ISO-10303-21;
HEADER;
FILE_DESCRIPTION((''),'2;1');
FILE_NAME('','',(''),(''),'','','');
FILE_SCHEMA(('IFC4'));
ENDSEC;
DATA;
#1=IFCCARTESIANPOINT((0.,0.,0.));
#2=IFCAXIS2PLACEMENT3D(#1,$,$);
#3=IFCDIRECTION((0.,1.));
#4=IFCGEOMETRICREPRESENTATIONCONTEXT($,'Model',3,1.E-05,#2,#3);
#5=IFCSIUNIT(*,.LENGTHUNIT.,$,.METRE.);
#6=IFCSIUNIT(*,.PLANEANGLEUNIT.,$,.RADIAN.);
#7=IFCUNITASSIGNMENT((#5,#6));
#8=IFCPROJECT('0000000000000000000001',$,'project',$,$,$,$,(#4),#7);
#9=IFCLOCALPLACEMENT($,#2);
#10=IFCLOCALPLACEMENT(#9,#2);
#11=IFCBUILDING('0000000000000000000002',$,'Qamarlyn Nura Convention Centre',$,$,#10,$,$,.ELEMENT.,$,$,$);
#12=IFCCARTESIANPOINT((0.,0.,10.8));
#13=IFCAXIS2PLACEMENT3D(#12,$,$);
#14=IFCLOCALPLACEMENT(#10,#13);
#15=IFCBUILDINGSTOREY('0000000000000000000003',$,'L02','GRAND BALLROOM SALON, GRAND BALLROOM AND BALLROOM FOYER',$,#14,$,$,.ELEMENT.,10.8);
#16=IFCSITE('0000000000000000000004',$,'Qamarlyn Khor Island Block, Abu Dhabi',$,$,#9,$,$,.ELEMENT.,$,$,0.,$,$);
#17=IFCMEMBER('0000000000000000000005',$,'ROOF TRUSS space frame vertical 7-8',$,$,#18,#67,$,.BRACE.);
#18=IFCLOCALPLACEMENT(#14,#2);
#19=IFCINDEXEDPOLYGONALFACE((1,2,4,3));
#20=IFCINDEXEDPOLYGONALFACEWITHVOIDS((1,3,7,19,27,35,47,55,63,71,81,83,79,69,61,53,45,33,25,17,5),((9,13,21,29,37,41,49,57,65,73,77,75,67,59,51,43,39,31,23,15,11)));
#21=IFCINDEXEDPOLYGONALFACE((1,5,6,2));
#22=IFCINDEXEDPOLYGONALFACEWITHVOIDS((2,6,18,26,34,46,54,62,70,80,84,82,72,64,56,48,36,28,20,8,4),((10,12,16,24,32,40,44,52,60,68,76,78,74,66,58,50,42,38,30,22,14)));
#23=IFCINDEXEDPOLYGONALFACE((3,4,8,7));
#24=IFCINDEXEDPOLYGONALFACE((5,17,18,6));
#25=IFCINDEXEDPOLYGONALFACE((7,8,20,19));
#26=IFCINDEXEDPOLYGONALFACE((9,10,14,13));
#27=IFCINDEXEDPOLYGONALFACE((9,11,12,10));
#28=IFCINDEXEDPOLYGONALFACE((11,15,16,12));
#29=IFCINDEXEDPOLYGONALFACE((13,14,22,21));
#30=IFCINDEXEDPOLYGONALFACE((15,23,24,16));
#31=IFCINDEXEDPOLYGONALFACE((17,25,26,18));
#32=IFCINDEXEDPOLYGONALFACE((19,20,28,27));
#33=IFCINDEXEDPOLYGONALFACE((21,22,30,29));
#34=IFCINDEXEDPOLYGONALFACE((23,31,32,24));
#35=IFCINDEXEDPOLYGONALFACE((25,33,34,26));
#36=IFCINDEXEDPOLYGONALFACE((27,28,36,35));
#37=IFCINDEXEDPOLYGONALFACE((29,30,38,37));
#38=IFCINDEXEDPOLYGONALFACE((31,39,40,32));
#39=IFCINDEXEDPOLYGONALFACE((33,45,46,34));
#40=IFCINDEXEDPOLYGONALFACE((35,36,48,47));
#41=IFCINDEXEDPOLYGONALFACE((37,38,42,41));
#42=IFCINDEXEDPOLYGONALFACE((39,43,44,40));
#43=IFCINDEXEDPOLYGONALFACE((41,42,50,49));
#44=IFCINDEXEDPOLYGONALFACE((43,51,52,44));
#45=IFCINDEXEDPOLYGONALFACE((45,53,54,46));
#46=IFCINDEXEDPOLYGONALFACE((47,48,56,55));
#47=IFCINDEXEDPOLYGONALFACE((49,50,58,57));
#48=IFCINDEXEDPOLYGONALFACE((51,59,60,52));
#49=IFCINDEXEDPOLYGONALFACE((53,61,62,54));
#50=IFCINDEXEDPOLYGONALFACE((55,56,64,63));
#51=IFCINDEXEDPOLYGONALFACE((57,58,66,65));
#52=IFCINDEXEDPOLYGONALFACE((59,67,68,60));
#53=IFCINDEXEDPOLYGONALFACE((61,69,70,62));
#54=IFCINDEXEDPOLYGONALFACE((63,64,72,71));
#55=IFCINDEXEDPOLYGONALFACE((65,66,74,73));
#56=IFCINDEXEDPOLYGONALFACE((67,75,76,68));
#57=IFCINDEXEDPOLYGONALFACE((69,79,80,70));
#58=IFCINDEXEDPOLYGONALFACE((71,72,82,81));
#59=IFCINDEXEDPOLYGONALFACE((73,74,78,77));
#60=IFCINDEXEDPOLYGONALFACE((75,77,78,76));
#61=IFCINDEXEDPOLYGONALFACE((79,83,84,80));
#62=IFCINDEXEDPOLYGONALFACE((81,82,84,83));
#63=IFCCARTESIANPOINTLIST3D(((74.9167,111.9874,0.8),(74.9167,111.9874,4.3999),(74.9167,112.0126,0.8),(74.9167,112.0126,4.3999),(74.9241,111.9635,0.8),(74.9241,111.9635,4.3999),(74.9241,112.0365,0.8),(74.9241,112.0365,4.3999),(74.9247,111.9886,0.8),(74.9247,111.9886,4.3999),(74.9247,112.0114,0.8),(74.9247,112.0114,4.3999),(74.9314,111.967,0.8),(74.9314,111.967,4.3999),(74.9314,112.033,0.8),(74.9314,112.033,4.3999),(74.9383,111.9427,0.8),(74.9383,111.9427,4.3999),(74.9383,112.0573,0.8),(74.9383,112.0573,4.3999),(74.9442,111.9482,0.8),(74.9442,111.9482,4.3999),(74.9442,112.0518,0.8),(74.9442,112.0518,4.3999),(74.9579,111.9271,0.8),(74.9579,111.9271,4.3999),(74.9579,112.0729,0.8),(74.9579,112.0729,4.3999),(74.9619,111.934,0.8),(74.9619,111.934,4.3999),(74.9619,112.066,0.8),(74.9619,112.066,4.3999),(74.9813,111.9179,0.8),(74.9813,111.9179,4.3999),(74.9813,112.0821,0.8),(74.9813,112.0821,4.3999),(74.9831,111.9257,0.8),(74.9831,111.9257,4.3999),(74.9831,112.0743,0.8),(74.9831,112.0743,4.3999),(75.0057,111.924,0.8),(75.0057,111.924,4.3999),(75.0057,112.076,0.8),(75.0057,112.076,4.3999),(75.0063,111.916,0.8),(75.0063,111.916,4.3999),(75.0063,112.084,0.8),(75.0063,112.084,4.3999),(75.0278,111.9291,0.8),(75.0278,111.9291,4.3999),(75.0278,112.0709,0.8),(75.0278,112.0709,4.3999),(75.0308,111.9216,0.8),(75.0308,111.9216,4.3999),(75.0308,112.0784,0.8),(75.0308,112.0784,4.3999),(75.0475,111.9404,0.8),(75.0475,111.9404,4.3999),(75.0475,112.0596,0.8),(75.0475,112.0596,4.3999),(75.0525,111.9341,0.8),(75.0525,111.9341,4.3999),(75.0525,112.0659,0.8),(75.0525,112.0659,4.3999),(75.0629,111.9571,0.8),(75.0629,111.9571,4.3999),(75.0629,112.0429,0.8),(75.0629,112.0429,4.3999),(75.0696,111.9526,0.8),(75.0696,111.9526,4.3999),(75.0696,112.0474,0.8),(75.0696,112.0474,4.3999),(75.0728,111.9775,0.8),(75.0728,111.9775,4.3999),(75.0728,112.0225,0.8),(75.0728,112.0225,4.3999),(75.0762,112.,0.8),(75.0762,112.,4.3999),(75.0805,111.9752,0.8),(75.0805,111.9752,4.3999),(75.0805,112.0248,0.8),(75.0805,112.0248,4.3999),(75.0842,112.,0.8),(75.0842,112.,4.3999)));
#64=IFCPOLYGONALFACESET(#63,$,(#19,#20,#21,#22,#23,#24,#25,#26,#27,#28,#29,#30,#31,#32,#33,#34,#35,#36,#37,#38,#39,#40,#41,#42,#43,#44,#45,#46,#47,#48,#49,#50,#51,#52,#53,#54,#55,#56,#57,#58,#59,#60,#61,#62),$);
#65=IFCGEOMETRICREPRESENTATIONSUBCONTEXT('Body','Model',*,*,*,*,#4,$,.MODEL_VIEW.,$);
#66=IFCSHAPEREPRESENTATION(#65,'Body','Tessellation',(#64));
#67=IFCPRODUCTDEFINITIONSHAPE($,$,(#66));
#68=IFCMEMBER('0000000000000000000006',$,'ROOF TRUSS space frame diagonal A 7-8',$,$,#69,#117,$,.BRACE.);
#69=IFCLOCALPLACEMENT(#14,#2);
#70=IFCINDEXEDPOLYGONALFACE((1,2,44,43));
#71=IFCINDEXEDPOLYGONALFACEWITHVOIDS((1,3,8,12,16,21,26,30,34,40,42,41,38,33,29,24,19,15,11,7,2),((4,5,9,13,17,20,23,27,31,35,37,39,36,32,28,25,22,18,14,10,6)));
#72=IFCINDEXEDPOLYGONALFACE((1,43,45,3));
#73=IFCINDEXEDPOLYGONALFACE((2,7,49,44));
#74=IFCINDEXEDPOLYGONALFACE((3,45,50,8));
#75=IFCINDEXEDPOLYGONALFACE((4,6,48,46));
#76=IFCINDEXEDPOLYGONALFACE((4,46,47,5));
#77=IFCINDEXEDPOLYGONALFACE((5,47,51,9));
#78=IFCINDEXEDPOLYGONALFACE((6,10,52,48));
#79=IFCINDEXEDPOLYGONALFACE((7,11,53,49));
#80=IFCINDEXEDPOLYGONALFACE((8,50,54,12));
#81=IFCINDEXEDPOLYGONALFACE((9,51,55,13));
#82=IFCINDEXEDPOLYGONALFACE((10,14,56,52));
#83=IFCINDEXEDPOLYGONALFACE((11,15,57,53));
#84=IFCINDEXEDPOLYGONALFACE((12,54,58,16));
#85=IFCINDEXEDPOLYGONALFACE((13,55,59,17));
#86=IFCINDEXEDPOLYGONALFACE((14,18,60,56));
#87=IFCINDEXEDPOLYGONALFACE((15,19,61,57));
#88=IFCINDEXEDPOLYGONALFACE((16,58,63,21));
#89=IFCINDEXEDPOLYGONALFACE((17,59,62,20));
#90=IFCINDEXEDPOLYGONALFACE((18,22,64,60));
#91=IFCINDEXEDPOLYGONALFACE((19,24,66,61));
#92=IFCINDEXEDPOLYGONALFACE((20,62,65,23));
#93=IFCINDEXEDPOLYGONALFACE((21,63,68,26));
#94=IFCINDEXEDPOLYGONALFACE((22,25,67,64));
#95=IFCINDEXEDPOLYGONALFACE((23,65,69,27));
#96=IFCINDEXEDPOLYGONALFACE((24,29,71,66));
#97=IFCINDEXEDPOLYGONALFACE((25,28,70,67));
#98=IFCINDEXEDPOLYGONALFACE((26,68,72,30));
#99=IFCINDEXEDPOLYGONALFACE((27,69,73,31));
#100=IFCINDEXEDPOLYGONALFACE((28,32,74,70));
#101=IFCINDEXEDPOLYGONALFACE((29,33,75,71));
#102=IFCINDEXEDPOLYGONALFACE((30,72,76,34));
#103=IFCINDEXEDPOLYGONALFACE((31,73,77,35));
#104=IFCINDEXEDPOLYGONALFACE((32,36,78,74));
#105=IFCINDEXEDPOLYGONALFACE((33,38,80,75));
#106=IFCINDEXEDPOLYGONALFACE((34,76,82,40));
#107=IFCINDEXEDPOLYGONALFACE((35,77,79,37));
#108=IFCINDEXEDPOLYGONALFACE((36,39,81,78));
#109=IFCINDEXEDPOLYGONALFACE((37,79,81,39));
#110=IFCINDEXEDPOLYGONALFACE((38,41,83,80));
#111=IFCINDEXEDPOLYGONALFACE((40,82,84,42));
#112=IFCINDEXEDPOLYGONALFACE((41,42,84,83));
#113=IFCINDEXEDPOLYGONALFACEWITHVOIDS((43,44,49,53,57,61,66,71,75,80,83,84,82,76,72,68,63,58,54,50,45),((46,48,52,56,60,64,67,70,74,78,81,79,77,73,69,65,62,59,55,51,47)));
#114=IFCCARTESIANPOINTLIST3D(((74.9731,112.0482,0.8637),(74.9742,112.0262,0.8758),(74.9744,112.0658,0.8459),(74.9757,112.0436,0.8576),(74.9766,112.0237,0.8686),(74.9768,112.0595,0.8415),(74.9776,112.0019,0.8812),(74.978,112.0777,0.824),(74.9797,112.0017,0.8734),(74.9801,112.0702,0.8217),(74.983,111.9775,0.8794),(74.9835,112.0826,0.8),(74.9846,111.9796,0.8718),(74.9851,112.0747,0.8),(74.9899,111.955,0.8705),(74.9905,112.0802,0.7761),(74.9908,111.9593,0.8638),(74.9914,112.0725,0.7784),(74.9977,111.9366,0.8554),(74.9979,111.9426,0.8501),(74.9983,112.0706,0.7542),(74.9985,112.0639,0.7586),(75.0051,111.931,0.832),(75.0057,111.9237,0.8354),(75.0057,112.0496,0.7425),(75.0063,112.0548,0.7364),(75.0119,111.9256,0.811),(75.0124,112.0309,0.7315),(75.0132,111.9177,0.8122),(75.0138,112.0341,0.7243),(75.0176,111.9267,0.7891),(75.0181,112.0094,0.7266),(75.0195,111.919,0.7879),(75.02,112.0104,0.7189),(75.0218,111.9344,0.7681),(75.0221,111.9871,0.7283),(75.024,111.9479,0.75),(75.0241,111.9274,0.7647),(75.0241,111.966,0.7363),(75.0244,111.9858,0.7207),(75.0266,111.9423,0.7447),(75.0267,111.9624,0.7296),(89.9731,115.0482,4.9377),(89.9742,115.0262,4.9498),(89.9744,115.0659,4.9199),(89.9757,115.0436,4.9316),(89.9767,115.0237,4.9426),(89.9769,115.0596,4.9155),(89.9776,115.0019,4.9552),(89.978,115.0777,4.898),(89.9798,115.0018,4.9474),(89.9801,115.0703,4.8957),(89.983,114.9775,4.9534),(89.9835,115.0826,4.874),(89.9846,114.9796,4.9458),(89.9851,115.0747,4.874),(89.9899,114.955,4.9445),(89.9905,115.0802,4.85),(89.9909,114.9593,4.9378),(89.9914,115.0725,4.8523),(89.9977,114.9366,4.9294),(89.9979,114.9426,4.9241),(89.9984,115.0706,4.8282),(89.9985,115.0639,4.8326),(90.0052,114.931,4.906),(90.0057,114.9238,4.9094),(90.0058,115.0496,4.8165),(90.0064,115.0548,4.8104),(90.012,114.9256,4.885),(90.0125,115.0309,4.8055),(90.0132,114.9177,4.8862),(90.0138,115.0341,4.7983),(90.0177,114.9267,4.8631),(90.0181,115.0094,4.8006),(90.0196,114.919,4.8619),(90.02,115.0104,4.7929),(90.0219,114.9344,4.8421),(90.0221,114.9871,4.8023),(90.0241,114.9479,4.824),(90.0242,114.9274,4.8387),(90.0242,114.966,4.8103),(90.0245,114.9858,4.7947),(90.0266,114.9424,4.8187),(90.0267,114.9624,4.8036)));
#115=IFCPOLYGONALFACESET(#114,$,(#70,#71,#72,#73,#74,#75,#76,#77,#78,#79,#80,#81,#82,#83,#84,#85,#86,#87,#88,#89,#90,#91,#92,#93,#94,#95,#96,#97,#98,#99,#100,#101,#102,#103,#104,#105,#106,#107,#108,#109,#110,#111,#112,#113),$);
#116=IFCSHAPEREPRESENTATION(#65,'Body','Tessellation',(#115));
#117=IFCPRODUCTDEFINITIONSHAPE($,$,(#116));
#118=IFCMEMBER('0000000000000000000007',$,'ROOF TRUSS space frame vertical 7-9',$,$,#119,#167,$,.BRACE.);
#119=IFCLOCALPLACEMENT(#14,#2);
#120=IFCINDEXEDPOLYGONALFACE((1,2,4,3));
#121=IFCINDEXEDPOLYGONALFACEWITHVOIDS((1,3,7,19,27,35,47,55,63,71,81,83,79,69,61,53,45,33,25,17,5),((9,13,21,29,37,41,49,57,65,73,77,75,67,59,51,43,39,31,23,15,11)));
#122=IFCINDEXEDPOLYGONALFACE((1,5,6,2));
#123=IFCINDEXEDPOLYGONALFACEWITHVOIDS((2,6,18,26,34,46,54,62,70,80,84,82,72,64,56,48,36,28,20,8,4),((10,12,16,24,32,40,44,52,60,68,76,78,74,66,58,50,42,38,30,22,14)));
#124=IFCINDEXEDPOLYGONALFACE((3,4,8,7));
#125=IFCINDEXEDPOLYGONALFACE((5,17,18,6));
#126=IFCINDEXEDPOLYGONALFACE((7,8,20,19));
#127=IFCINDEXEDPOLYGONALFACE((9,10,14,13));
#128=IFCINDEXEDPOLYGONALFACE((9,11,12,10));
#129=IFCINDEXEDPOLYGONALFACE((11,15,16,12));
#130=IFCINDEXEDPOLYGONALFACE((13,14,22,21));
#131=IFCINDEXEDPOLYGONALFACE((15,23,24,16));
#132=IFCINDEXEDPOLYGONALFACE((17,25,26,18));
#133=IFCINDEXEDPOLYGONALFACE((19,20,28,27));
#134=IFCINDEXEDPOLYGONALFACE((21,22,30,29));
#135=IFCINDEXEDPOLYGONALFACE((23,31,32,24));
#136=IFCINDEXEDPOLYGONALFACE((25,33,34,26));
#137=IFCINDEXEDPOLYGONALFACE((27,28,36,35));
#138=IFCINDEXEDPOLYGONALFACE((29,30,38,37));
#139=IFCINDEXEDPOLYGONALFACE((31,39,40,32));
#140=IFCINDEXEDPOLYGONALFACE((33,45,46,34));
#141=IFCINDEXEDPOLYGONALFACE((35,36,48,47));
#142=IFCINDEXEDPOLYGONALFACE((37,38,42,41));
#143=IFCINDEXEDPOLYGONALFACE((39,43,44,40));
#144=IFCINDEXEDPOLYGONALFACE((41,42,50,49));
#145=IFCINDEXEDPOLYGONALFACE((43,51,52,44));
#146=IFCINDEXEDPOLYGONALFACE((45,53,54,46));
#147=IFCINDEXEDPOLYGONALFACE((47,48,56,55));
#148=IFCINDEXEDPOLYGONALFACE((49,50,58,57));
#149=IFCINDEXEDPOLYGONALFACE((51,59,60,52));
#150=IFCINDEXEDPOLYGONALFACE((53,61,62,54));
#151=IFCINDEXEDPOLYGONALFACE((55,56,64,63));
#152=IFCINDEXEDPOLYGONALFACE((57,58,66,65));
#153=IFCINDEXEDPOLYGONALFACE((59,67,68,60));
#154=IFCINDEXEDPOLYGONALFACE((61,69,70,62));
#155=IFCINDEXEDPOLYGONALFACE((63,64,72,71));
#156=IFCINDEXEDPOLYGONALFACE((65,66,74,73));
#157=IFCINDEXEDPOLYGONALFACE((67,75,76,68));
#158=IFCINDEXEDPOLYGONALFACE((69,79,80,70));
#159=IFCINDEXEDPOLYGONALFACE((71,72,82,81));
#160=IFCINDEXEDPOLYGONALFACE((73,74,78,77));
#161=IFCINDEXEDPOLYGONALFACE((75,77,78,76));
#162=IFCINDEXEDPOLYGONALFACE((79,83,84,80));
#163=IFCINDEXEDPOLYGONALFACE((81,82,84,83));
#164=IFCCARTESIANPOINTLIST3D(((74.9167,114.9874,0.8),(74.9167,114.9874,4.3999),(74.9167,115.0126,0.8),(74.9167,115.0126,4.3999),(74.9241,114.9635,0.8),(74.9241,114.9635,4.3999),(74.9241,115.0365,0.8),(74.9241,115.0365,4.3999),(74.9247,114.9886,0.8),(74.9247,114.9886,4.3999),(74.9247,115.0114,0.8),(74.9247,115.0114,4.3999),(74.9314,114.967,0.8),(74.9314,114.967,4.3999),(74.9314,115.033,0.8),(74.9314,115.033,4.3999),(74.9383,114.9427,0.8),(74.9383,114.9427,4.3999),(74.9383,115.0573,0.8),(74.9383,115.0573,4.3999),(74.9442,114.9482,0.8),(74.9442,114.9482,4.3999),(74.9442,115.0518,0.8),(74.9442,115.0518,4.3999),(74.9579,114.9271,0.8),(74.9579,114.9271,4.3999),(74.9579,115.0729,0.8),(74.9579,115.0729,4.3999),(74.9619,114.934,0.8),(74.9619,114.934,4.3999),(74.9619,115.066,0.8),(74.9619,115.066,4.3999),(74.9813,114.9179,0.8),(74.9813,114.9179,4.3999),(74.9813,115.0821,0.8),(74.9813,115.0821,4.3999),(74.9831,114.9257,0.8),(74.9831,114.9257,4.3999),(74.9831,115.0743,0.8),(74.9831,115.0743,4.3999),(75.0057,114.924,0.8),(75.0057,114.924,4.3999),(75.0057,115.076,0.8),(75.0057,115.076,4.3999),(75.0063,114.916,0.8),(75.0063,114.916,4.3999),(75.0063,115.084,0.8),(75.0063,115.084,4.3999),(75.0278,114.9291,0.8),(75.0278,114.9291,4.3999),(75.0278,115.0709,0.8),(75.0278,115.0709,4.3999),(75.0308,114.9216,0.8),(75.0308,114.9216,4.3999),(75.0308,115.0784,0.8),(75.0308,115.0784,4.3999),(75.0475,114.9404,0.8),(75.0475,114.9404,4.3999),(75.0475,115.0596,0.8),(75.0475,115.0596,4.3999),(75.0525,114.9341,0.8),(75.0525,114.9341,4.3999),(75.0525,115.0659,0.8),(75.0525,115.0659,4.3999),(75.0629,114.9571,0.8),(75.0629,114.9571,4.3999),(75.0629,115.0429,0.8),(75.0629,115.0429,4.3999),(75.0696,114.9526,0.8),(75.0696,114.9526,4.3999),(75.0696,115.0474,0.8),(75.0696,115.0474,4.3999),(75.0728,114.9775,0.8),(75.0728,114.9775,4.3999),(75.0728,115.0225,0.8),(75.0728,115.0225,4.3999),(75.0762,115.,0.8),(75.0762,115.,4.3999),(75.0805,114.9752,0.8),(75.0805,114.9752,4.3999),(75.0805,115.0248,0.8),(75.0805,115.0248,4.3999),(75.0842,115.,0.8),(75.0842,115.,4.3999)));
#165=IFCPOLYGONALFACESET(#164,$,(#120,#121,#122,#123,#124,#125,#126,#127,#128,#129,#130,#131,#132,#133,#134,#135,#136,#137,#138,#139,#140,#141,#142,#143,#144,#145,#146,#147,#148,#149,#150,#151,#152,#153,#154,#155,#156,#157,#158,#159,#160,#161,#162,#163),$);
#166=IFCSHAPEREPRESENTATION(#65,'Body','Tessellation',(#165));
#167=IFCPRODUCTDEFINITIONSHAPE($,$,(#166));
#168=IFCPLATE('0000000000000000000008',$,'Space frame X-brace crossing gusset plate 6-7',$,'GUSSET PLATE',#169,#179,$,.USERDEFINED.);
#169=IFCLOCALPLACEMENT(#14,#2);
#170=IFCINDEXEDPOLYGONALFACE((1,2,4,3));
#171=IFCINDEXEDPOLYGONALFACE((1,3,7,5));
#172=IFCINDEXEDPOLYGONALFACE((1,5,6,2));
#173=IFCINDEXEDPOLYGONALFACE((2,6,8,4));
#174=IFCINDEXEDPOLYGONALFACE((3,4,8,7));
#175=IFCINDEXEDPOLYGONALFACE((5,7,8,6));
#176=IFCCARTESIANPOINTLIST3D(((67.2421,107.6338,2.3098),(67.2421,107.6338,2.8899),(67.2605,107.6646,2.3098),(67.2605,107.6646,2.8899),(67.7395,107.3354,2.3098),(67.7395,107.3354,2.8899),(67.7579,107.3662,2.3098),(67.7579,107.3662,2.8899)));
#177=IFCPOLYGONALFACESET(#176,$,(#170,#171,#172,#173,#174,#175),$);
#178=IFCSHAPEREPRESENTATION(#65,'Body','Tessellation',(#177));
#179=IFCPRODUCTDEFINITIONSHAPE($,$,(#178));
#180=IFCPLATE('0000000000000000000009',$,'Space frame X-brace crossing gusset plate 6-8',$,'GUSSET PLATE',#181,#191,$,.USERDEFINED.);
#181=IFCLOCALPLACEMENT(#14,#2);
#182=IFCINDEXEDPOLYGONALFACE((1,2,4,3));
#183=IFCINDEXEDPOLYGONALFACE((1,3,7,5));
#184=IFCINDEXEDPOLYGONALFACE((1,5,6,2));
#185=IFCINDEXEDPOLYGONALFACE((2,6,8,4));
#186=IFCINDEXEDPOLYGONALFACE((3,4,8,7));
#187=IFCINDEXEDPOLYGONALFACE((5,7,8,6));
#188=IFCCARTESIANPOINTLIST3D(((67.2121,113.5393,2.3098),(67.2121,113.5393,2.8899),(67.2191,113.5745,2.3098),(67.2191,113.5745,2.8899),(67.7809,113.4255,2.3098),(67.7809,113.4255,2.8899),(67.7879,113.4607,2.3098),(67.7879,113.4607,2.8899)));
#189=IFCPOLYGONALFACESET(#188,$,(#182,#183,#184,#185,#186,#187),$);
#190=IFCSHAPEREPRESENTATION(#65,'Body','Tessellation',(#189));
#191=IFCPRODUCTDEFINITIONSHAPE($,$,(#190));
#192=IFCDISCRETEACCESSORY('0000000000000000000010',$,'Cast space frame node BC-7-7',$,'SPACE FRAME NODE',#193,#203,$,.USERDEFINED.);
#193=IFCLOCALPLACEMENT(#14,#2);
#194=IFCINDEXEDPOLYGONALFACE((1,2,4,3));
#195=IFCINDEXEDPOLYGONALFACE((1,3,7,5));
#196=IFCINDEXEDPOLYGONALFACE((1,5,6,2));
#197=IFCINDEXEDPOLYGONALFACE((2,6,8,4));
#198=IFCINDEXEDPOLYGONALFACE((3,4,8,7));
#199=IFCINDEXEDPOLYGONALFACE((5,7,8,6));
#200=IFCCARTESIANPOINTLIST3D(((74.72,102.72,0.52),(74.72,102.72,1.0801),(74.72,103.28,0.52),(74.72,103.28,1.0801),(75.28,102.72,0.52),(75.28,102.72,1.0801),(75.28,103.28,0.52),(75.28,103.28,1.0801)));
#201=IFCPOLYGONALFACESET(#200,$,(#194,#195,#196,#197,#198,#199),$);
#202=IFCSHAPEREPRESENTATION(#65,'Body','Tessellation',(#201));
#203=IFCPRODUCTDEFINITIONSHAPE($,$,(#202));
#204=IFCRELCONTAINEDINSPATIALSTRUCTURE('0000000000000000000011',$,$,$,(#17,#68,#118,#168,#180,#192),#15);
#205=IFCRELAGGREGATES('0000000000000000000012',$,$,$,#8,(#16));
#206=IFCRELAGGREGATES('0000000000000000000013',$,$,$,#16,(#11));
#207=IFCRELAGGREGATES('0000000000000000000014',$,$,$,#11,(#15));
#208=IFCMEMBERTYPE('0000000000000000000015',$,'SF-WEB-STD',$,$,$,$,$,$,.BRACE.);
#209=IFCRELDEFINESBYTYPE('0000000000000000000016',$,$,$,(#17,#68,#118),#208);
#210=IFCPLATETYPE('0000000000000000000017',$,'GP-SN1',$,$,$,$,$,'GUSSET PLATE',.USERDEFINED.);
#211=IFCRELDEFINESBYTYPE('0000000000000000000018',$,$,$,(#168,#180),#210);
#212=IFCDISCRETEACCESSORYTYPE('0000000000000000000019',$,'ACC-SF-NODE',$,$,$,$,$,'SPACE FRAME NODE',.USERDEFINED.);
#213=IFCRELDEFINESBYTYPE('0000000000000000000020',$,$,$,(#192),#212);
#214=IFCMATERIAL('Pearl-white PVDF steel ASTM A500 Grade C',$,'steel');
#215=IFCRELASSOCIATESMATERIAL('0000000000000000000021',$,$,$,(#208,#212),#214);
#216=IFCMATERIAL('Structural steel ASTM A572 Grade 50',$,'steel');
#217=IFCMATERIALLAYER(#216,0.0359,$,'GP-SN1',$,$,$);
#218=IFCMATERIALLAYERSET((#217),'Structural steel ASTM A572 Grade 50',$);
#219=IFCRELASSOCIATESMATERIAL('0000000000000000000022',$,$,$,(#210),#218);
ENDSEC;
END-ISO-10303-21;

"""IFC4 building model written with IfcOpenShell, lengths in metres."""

from ifc_helpers import new_model, si_unit, direction, frame, origin, origin_2d, place, context, subcontext, project, spatial, rectangle, hollow_circle, extrude, material, layer, layer_set, material_profile, profile_set, type_object, element, save


model = new_model("IFC4")

# Units and contexts
model_context = context("Model", 3, precision=1e-05, world=origin(), true_north=direction((0.0, 1.0)))
body_context = subcontext(model_context, "Body", "Model", "MODEL_VIEW")
ifc_project = project(units=[si_unit("LENGTHUNIT", "METRE"), si_unit("PLANEANGLEUNIT", "RADIAN")], contexts=[model_context])

# Site, building, storey
site_placement = place(None, origin())
site = spatial("IfcSite", under=ifc_project, at=site_placement, Name="Qamarlyn Khor Island Block, Abu Dhabi", CompositionType="ELEMENT", RefElevation=0.0)
building_placement = place(site_placement, origin())
building = spatial("IfcBuilding", under=site, at=building_placement, Name="Qamarlyn Nura Convention Centre", CompositionType="ELEMENT")
storey_placement = place(building_placement, frame((0.0, 0.0, 10.8)))
storey = spatial("IfcBuildingStorey", under=building, at=storey_placement, Name="L02", Description="GRAND BALLROOM SALON, GRAND BALLROOM AND BALLROOM FOYER", CompositionType="ELEMENT", Elevation=10.8)

# Members
ifc_material_1 = material(Name="Pearl-white PVDF steel ASTM A500 Grade C", Category="steel")
ifc_material_profile_1 = material_profile(ifc_material_1, hollow_circle(Radius=0.0842, WallThickness=0.0081, at=origin_2d()), Name="CHS168.3X8")
ifc_profile_set_1 = profile_set([ifc_material_profile_1], Name="Pearl-white PVDF steel ASTM A500 Grade C")
member_type_1 = type_object("IfcMemberType", Name="SF-WEB-STD", PredefinedType="BRACE", material=ifc_profile_set_1)
member_1_placement = place(storey_placement, frame((75.0, 112.0, 0.8), z_axis=(0.0, 0.0, 1.0), x_axis=(1.0, 0.0, 0.0)))
element("IfcMember", 1, at=member_1_placement, inside=storey, type_object=member_type_1, Name="ROOF TRUSS space frame vertical 7-8", PredefinedType="BRACE", context=body_context, shape_type="SweptSolid", body=[
    extrude(hollow_circle(Radius=0.0842, WallThickness=0.0081, at=origin_2d()), origin(), (0.0, 0.0, 1.0), 3.5999),
])
member_2_placement = place(storey_placement, frame((75.0, 112.0, 0.8), z_axis=(0.947552, 0.18951, 0.257354), x_axis=(-0.196116, 0.980581, 0.0)))
element("IfcMember", 2, at=member_2_placement, inside=storey, type_object=member_type_1, Name="ROOF TRUSS space frame diagonal A 7-8", PredefinedType="BRACE", context=body_context, shape_type="SweptSolid", body=[
    extrude(hollow_circle(Radius=0.0842, WallThickness=0.0081, at=origin_2d()), origin(), (0.0, 0.0, 1.0), 15.8303),
])
member_3_placement = place(storey_placement, frame((75.0, 115.0, 0.8), z_axis=(0.0, 0.0, 1.0), x_axis=(1.0, 0.0, 0.0)))
element("IfcMember", 3, at=member_3_placement, inside=storey, type_object=member_type_1, Name="ROOF TRUSS space frame vertical 7-9", PredefinedType="BRACE", context=body_context, shape_type="SweptSolid", body=[
    extrude(hollow_circle(Radius=0.0842, WallThickness=0.0081, at=origin_2d()), origin(), (0.0, 0.0, 1.0), 3.5999),
])

# Plates
ifc_material_2 = material(Name="Structural steel ASTM A572 Grade 50", Category="steel")
ifc_layer = layer(ifc_material_2, 0.0359, Name="GP-SN1")
ifc_layer_set = layer_set([ifc_layer], Name="Structural steel ASTM A572 Grade 50")
plate_type = type_object("IfcPlateType", Name="GP-SN1", ElementType="GUSSET PLATE", PredefinedType="USERDEFINED", material=ifc_layer_set)
for number, where, z_axis, x_axis, name in (
    (4, (67.5, 107.5, 2.3098), (0.0, 0.0, 1.0), (-0.857493, 0.514496, 0.0), "Space frame X-brace crossing gusset plate 6-7"),
    (5, (67.5, 113.5, 2.3098), (0.0, 0.0, 1.0), (-0.980581, 0.196116, 0.0), "Space frame X-brace crossing gusset plate 6-8"),
):
    element("IfcPlate", number, at=place(storey_placement, frame(where, z_axis=z_axis, x_axis=x_axis)), inside=storey, type_object=plate_type, Name=name, ObjectType="GUSSET PLATE", PredefinedType="USERDEFINED", context=body_context, shape_type="SweptSolid", body=[
        extrude(rectangle(XDim=0.5801, YDim=0.0359, at=origin_2d()), origin(), (0.0, 0.0, 1.0), 0.5801),
    ])

# Discrete accessory
discrete_accessory_type = type_object("IfcDiscreteAccessoryType", Name="ACC-SF-NODE", ElementType="SPACE FRAME NODE", PredefinedType="USERDEFINED", material=ifc_material_1)
for number, where, z_axis, x_axis, name in (
    (6, (75.0, 103.0, 0.52), (0.0, 0.0, 1.0), (1.0, 0.0, 0.0), "Cast space frame node BC-7-7"),
):
    element("IfcDiscreteAccessory", number, at=place(storey_placement, frame(where, z_axis=z_axis, x_axis=x_axis)), inside=storey, type_object=discrete_accessory_type, Name=name, ObjectType="SPACE FRAME NODE", PredefinedType="USERDEFINED", context=body_context, shape_type="SweptSolid", body=[
        extrude(rectangle(XDim=0.5601, YDim=0.5601, at=origin_2d()), origin(), (0.0, 0.0, 1.0), 0.5601),
    ])

save(model, "model.ifc")
